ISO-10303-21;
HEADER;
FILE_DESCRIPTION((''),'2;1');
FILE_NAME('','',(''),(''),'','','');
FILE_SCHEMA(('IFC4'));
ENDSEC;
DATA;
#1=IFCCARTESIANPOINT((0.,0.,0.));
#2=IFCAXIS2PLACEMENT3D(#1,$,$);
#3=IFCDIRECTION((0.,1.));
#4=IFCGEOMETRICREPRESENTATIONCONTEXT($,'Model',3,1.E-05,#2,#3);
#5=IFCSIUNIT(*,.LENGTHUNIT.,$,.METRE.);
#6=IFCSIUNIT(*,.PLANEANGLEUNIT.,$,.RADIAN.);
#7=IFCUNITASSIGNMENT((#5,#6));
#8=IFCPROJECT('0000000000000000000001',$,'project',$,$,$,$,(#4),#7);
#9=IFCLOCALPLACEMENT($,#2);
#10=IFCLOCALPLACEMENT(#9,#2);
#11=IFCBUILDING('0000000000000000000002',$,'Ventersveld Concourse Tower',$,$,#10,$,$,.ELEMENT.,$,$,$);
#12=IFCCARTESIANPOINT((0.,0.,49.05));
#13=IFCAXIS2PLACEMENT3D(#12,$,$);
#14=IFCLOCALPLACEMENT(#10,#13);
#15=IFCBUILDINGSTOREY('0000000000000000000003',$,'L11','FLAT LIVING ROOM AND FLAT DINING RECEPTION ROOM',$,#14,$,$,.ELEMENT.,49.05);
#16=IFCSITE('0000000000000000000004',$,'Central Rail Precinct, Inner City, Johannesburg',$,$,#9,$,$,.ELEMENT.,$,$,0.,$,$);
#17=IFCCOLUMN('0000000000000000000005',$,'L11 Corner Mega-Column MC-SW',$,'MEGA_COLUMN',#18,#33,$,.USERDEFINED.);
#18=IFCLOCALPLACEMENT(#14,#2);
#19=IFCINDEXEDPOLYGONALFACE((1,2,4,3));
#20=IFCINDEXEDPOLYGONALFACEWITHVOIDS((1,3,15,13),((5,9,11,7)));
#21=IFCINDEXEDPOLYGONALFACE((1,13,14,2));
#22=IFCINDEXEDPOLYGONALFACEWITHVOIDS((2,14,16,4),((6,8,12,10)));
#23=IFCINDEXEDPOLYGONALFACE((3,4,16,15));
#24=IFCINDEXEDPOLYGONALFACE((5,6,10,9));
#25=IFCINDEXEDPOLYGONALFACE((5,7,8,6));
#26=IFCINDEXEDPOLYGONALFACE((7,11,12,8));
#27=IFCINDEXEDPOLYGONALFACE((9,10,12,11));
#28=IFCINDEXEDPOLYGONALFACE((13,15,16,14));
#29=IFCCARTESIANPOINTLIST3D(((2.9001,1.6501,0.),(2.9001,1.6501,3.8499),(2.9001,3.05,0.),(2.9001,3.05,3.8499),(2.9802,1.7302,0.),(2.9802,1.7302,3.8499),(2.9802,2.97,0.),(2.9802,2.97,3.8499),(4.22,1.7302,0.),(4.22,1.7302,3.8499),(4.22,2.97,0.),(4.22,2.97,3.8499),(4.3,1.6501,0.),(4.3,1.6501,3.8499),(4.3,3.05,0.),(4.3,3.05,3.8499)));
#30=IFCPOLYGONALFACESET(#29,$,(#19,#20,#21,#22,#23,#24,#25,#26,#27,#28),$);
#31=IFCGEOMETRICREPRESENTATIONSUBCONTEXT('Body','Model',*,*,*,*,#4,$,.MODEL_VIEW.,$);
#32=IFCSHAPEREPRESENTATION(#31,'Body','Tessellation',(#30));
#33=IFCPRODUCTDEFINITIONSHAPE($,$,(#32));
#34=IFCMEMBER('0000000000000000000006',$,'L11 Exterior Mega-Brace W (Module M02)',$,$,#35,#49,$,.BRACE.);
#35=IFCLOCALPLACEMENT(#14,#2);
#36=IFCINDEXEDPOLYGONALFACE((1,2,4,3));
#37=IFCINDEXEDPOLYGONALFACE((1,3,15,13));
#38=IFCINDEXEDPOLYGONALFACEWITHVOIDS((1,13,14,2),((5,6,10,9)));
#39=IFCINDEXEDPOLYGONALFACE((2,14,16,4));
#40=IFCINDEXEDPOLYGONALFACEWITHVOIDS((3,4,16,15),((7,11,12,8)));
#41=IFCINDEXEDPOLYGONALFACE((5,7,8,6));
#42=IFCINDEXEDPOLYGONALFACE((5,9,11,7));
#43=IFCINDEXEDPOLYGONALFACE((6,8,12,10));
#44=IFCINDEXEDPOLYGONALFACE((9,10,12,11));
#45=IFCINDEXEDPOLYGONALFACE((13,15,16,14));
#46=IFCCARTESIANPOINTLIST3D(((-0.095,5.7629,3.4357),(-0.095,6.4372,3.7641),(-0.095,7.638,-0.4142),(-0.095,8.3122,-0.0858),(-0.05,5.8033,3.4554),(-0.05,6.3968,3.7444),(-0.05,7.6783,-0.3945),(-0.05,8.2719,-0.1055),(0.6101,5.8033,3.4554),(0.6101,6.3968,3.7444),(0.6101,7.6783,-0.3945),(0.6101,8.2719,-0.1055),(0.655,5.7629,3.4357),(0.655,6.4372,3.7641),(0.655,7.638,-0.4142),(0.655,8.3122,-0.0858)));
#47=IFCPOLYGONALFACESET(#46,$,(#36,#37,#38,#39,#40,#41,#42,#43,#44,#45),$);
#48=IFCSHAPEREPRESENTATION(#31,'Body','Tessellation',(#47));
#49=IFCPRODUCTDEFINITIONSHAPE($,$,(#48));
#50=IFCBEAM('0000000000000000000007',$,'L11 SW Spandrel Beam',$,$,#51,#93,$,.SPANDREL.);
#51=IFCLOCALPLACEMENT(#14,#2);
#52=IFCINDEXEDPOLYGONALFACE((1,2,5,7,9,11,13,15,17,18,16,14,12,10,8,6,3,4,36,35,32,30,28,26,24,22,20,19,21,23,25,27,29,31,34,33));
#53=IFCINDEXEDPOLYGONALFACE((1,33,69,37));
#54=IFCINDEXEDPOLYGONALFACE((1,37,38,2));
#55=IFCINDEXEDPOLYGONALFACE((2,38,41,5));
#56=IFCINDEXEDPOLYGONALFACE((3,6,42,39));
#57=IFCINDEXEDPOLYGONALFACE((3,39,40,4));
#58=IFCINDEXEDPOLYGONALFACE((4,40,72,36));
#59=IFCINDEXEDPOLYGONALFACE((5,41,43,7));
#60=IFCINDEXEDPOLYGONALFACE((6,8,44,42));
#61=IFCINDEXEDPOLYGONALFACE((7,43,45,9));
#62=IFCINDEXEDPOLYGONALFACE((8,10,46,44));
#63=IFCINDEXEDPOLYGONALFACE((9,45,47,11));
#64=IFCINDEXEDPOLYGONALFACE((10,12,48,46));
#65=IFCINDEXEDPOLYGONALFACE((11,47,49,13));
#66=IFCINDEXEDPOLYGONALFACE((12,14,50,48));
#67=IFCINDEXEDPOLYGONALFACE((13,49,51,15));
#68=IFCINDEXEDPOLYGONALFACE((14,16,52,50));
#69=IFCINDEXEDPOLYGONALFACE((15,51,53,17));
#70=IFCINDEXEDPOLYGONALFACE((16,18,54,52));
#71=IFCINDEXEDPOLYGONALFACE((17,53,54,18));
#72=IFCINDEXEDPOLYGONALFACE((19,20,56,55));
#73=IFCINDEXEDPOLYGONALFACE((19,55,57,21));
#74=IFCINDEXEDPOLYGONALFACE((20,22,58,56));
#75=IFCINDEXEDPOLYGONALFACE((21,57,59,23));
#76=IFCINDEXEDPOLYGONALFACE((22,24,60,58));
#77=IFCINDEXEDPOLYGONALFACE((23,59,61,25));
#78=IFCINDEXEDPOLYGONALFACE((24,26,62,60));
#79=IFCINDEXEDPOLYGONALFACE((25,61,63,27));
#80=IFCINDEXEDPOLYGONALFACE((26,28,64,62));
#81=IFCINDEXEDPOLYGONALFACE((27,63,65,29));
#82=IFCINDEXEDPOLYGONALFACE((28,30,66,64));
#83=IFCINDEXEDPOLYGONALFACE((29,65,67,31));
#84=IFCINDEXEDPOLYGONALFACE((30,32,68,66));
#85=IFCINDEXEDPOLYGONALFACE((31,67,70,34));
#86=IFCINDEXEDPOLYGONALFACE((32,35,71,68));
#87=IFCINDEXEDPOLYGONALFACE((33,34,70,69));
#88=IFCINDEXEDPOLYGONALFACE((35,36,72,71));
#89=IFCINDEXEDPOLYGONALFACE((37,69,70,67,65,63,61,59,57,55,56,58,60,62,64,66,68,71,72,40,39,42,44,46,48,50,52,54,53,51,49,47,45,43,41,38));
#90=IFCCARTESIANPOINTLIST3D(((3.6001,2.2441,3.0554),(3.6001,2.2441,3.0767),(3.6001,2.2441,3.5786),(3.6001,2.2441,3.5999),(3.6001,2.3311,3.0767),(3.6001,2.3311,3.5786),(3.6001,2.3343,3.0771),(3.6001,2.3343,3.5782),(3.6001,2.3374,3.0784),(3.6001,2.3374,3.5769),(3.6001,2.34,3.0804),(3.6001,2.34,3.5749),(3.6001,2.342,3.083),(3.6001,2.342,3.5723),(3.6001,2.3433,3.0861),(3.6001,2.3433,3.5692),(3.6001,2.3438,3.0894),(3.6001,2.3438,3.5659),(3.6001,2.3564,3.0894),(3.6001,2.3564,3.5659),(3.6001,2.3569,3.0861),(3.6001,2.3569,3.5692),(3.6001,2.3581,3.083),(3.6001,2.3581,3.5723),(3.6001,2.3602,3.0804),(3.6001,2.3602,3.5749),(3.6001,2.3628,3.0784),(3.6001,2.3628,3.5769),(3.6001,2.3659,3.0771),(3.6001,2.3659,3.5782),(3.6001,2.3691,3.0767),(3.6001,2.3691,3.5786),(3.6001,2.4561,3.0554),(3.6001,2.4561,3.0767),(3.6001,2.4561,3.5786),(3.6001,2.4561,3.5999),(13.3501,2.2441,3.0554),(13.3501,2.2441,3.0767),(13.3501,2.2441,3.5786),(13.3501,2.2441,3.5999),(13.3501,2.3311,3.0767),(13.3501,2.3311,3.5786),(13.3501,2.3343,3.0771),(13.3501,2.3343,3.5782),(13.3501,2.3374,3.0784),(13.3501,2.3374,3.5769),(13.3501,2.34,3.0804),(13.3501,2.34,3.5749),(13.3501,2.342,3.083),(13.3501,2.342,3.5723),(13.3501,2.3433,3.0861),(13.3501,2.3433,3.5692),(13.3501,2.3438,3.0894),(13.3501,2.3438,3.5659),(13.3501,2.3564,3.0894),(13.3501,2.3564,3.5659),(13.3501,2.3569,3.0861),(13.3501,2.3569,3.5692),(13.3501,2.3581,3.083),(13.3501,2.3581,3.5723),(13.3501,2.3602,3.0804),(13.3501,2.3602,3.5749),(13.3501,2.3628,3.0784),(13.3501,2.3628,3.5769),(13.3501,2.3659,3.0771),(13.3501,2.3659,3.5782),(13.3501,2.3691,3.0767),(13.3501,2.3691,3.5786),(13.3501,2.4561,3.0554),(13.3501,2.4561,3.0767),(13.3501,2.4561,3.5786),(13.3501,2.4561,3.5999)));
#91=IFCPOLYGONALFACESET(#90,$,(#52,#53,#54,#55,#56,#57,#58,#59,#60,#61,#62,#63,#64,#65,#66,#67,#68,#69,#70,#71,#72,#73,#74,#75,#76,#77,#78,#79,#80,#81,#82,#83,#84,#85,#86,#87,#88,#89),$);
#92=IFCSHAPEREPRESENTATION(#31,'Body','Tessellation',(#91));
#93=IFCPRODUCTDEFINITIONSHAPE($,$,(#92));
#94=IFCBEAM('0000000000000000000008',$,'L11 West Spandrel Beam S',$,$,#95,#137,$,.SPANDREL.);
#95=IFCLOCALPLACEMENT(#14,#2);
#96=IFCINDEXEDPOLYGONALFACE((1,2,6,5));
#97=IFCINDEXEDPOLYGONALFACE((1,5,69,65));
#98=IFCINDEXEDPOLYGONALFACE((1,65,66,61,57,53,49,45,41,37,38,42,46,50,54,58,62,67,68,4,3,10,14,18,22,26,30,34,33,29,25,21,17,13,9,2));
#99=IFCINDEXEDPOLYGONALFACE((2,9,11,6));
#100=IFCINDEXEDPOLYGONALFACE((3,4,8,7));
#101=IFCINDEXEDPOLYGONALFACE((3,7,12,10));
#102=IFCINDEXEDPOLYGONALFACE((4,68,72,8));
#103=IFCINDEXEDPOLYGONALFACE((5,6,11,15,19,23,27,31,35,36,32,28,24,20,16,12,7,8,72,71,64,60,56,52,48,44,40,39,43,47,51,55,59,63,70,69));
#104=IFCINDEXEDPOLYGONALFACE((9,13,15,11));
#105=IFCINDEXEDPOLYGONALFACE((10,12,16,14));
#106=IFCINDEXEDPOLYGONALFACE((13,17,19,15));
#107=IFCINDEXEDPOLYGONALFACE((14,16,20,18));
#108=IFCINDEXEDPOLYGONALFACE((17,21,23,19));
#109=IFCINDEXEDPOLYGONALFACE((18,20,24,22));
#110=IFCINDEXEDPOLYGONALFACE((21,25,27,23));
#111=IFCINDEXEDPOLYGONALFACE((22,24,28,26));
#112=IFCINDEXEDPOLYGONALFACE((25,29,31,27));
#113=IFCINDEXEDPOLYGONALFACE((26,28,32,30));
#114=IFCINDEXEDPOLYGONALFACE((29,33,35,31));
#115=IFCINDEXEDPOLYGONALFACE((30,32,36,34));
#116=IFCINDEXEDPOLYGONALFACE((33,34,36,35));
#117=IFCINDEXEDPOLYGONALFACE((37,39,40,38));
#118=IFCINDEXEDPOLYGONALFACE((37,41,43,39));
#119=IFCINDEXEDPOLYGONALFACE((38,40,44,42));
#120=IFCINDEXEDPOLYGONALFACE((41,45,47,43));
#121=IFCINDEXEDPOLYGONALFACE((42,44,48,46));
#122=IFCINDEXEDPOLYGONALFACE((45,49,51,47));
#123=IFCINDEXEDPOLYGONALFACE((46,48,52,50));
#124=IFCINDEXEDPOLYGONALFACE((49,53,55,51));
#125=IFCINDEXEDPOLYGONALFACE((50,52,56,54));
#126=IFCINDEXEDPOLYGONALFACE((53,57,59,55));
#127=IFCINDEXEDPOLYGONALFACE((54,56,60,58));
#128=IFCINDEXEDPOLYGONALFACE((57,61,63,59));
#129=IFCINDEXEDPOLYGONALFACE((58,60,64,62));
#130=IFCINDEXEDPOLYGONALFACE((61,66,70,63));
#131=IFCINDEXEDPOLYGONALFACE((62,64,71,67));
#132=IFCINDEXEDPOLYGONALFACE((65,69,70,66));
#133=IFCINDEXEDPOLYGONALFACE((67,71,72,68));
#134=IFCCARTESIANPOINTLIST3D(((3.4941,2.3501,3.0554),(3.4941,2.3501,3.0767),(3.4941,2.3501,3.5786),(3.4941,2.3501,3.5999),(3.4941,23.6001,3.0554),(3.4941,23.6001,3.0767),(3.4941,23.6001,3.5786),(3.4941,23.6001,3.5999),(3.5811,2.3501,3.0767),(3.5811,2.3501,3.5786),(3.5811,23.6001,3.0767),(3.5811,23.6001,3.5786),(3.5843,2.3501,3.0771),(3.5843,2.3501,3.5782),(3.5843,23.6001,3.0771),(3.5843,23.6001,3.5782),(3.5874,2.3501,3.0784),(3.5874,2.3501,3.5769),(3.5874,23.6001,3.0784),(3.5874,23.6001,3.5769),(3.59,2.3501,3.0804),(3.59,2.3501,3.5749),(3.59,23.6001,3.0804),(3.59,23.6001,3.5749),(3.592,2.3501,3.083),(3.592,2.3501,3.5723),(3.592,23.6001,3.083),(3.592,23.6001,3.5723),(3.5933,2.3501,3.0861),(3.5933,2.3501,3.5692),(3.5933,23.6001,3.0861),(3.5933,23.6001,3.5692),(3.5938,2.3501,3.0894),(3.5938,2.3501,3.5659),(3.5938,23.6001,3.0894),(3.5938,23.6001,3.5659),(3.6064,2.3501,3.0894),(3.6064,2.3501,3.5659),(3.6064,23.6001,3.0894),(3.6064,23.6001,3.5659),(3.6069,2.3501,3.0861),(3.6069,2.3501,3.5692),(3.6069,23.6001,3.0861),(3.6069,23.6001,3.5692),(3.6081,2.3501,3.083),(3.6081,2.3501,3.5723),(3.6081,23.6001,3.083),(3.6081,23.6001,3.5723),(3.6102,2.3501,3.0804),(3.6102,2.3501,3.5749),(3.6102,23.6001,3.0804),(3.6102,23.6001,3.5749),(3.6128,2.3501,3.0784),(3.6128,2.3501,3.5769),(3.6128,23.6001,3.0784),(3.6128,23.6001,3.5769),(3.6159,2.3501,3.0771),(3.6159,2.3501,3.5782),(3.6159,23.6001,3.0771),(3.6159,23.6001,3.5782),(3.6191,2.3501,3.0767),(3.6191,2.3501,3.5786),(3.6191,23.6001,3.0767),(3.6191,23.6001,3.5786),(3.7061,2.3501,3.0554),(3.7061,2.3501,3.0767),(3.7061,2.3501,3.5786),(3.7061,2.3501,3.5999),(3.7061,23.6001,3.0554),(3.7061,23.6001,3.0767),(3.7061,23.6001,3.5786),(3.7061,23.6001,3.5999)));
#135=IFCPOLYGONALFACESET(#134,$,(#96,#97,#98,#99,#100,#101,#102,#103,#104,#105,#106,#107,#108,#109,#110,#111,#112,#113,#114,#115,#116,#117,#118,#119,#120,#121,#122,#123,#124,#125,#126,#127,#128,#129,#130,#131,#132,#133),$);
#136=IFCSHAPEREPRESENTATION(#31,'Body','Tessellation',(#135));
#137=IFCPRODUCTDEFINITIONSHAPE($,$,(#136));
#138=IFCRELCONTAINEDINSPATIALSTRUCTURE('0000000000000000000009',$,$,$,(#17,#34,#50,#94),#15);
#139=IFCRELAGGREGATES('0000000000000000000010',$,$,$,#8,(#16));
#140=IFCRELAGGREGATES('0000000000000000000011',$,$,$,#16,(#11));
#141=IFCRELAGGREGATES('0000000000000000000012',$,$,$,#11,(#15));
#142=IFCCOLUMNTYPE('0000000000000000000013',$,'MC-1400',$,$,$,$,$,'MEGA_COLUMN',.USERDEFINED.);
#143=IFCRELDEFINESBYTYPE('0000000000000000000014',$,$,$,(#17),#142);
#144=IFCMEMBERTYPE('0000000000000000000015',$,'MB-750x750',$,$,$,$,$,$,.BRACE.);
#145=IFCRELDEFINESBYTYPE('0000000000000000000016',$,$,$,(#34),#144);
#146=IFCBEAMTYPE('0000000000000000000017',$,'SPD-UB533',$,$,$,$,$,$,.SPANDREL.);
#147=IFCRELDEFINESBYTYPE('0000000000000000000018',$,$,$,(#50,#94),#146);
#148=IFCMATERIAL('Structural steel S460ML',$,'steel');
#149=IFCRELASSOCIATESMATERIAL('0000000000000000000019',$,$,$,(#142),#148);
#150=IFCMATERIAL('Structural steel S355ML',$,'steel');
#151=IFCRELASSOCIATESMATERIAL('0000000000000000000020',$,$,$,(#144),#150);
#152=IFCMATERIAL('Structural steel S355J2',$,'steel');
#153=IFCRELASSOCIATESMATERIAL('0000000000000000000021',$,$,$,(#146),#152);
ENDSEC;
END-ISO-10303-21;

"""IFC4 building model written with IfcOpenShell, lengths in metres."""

from ifc_helpers import new_model, si_unit, direction, frame, origin, origin_2d, place, context, subcontext, project, spatial, hollow_rectangle, i_section, extrude, material, material_profile, profile_set, type_object, element, save


model = new_model("IFC4")

# Units and contexts
model_context = context("Model", 3, precision=1e-05, world=origin(), true_north=direction((0.0, 1.0)))
body_context = subcontext(model_context, "Body", "Model", "MODEL_VIEW")
ifc_project = project(units=[si_unit("LENGTHUNIT", "METRE"), si_unit("PLANEANGLEUNIT", "RADIAN")], contexts=[model_context])

# Site, building, storey
site_placement = place(None, origin())
site = spatial("IfcSite", under=ifc_project, at=site_placement, Name="Central Rail Precinct, Inner City, Johannesburg", CompositionType="ELEMENT", RefElevation=0.0)
building_placement = place(site_placement, origin())
building = spatial("IfcBuilding", under=site, at=building_placement, Name="Ventersveld Concourse Tower", CompositionType="ELEMENT")
storey_placement = place(building_placement, frame((0.0, 0.0, 49.05)))
storey = spatial("IfcBuildingStorey", under=building, at=storey_placement, Name="L11", Description="FLAT LIVING ROOM AND FLAT DINING RECEPTION ROOM", CompositionType="ELEMENT", Elevation=49.05)

# Column
ifc_material_1 = material(Name="Structural steel S460ML", Category="steel")
ifc_material_profile_1 = material_profile(ifc_material_1, hollow_rectangle(XDim=1.3999, YDim=1.3999, WallThickness=0.0801, at=origin_2d()), Name="BOX 1400x1400x80")
ifc_profile_set_1 = profile_set([ifc_material_profile_1], Name="Structural steel S460ML")
column_type = type_object("IfcColumnType", Name="MC-1400", ElementType="MEGA_COLUMN", PredefinedType="USERDEFINED", material=ifc_profile_set_1)
column_placement = place(storey_placement, frame((3.6001, 2.3501, 0.0), z_axis=(0.0, 0.0, 1.0), x_axis=(1.0, 0.0, 0.0)))
element("IfcColumn", 1, at=column_placement, inside=storey, type_object=column_type, Name="L11 Corner Mega-Column MC-SW", ObjectType="MEGA_COLUMN", PredefinedType="USERDEFINED", context=body_context, shape_type="SweptSolid", body=[
    extrude(hollow_rectangle(XDim=1.3999, YDim=1.3999, WallThickness=0.0801, at=origin_2d()), origin(), (0.0, 0.0, 1.0), 3.8499),
])

# Member
ifc_material_2 = material(Name="Structural steel S355ML", Category="steel")
ifc_material_profile_2 = material_profile(ifc_material_2, hollow_rectangle(XDim=0.75, YDim=0.75, WallThickness=0.0449, at=origin_2d()), Name="BOX 750x750x45")
ifc_profile_set_2 = profile_set([ifc_material_profile_2], Name="Structural steel S355ML")
member_type = type_object("IfcMemberType", Name="MB-750x750", PredefinedType="BRACE", material=ifc_profile_set_2)
member_placement = place(storey_placement, frame((0.28, 7.9751, -0.25), z_axis=(0.0, -0.437862, 0.899042), x_axis=(1.0, 0.0, 0.0)))
element("IfcMember", 2, at=member_placement, inside=storey, type_object=member_type, Name="L11 Exterior Mega-Brace W (Module M02)", PredefinedType="BRACE", context=body_context, shape_type="SweptSolid", body=[
    extrude(hollow_rectangle(XDim=0.75, YDim=0.75, WallThickness=0.0449, at=origin_2d()), origin(), (0.0, 0.0, 1.0), 4.2822),
])

# Beams
ifc_material_3 = material(Name="Structural steel S355J2", Category="steel")
ifc_material_profile_3 = material_profile(ifc_material_3, i_section(OverallWidth=0.2119, OverallDepth=0.5444, WebThickness=0.0127, FlangeThickness=0.0212, FilletRadius=0.0127, at=origin_2d()), Name="UB 533x210x122")
ifc_profile_set_3 = profile_set([ifc_material_profile_3], Name="Structural steel S355J2")
beam_type = type_object("IfcBeamType", Name="SPD-UB533", PredefinedType="SPANDREL", material=ifc_profile_set_3)
beam_1_placement = place(storey_placement, frame((3.6001, 2.3501, 3.3276), z_axis=(1.0, 0.0, 0.0), x_axis=(0.0, 1.0, 0.0)))
element("IfcBeam", 3, at=beam_1_placement, inside=storey, type_object=beam_type, Name="L11 SW Spandrel Beam", PredefinedType="SPANDREL", context=body_context, shape_type="SweptSolid", body=[
    extrude(i_section(OverallWidth=0.2119, OverallDepth=0.5444, WebThickness=0.0127, FlangeThickness=0.0212, FilletRadius=0.0127, at=origin_2d()), origin(), (0.0, 0.0, 1.0), 9.75),
])
beam_2_placement = place(storey_placement, frame((3.6001, 2.3501, 3.3276), z_axis=(0.0, 1.0, 0.0), x_axis=(-1.0, 0.0, 0.0)))
element("IfcBeam", 4, at=beam_2_placement, inside=storey, type_object=beam_type, Name="L11 West Spandrel Beam S", PredefinedType="SPANDREL", context=body_context, shape_type="SweptSolid", body=[
    extrude(i_section(OverallWidth=0.2119, OverallDepth=0.5444, WebThickness=0.0127, FlangeThickness=0.0212, FilletRadius=0.0127, at=origin_2d()), origin(), (0.0, 0.0, 1.0), 21.25),
])

save(model, "model.ifc")
